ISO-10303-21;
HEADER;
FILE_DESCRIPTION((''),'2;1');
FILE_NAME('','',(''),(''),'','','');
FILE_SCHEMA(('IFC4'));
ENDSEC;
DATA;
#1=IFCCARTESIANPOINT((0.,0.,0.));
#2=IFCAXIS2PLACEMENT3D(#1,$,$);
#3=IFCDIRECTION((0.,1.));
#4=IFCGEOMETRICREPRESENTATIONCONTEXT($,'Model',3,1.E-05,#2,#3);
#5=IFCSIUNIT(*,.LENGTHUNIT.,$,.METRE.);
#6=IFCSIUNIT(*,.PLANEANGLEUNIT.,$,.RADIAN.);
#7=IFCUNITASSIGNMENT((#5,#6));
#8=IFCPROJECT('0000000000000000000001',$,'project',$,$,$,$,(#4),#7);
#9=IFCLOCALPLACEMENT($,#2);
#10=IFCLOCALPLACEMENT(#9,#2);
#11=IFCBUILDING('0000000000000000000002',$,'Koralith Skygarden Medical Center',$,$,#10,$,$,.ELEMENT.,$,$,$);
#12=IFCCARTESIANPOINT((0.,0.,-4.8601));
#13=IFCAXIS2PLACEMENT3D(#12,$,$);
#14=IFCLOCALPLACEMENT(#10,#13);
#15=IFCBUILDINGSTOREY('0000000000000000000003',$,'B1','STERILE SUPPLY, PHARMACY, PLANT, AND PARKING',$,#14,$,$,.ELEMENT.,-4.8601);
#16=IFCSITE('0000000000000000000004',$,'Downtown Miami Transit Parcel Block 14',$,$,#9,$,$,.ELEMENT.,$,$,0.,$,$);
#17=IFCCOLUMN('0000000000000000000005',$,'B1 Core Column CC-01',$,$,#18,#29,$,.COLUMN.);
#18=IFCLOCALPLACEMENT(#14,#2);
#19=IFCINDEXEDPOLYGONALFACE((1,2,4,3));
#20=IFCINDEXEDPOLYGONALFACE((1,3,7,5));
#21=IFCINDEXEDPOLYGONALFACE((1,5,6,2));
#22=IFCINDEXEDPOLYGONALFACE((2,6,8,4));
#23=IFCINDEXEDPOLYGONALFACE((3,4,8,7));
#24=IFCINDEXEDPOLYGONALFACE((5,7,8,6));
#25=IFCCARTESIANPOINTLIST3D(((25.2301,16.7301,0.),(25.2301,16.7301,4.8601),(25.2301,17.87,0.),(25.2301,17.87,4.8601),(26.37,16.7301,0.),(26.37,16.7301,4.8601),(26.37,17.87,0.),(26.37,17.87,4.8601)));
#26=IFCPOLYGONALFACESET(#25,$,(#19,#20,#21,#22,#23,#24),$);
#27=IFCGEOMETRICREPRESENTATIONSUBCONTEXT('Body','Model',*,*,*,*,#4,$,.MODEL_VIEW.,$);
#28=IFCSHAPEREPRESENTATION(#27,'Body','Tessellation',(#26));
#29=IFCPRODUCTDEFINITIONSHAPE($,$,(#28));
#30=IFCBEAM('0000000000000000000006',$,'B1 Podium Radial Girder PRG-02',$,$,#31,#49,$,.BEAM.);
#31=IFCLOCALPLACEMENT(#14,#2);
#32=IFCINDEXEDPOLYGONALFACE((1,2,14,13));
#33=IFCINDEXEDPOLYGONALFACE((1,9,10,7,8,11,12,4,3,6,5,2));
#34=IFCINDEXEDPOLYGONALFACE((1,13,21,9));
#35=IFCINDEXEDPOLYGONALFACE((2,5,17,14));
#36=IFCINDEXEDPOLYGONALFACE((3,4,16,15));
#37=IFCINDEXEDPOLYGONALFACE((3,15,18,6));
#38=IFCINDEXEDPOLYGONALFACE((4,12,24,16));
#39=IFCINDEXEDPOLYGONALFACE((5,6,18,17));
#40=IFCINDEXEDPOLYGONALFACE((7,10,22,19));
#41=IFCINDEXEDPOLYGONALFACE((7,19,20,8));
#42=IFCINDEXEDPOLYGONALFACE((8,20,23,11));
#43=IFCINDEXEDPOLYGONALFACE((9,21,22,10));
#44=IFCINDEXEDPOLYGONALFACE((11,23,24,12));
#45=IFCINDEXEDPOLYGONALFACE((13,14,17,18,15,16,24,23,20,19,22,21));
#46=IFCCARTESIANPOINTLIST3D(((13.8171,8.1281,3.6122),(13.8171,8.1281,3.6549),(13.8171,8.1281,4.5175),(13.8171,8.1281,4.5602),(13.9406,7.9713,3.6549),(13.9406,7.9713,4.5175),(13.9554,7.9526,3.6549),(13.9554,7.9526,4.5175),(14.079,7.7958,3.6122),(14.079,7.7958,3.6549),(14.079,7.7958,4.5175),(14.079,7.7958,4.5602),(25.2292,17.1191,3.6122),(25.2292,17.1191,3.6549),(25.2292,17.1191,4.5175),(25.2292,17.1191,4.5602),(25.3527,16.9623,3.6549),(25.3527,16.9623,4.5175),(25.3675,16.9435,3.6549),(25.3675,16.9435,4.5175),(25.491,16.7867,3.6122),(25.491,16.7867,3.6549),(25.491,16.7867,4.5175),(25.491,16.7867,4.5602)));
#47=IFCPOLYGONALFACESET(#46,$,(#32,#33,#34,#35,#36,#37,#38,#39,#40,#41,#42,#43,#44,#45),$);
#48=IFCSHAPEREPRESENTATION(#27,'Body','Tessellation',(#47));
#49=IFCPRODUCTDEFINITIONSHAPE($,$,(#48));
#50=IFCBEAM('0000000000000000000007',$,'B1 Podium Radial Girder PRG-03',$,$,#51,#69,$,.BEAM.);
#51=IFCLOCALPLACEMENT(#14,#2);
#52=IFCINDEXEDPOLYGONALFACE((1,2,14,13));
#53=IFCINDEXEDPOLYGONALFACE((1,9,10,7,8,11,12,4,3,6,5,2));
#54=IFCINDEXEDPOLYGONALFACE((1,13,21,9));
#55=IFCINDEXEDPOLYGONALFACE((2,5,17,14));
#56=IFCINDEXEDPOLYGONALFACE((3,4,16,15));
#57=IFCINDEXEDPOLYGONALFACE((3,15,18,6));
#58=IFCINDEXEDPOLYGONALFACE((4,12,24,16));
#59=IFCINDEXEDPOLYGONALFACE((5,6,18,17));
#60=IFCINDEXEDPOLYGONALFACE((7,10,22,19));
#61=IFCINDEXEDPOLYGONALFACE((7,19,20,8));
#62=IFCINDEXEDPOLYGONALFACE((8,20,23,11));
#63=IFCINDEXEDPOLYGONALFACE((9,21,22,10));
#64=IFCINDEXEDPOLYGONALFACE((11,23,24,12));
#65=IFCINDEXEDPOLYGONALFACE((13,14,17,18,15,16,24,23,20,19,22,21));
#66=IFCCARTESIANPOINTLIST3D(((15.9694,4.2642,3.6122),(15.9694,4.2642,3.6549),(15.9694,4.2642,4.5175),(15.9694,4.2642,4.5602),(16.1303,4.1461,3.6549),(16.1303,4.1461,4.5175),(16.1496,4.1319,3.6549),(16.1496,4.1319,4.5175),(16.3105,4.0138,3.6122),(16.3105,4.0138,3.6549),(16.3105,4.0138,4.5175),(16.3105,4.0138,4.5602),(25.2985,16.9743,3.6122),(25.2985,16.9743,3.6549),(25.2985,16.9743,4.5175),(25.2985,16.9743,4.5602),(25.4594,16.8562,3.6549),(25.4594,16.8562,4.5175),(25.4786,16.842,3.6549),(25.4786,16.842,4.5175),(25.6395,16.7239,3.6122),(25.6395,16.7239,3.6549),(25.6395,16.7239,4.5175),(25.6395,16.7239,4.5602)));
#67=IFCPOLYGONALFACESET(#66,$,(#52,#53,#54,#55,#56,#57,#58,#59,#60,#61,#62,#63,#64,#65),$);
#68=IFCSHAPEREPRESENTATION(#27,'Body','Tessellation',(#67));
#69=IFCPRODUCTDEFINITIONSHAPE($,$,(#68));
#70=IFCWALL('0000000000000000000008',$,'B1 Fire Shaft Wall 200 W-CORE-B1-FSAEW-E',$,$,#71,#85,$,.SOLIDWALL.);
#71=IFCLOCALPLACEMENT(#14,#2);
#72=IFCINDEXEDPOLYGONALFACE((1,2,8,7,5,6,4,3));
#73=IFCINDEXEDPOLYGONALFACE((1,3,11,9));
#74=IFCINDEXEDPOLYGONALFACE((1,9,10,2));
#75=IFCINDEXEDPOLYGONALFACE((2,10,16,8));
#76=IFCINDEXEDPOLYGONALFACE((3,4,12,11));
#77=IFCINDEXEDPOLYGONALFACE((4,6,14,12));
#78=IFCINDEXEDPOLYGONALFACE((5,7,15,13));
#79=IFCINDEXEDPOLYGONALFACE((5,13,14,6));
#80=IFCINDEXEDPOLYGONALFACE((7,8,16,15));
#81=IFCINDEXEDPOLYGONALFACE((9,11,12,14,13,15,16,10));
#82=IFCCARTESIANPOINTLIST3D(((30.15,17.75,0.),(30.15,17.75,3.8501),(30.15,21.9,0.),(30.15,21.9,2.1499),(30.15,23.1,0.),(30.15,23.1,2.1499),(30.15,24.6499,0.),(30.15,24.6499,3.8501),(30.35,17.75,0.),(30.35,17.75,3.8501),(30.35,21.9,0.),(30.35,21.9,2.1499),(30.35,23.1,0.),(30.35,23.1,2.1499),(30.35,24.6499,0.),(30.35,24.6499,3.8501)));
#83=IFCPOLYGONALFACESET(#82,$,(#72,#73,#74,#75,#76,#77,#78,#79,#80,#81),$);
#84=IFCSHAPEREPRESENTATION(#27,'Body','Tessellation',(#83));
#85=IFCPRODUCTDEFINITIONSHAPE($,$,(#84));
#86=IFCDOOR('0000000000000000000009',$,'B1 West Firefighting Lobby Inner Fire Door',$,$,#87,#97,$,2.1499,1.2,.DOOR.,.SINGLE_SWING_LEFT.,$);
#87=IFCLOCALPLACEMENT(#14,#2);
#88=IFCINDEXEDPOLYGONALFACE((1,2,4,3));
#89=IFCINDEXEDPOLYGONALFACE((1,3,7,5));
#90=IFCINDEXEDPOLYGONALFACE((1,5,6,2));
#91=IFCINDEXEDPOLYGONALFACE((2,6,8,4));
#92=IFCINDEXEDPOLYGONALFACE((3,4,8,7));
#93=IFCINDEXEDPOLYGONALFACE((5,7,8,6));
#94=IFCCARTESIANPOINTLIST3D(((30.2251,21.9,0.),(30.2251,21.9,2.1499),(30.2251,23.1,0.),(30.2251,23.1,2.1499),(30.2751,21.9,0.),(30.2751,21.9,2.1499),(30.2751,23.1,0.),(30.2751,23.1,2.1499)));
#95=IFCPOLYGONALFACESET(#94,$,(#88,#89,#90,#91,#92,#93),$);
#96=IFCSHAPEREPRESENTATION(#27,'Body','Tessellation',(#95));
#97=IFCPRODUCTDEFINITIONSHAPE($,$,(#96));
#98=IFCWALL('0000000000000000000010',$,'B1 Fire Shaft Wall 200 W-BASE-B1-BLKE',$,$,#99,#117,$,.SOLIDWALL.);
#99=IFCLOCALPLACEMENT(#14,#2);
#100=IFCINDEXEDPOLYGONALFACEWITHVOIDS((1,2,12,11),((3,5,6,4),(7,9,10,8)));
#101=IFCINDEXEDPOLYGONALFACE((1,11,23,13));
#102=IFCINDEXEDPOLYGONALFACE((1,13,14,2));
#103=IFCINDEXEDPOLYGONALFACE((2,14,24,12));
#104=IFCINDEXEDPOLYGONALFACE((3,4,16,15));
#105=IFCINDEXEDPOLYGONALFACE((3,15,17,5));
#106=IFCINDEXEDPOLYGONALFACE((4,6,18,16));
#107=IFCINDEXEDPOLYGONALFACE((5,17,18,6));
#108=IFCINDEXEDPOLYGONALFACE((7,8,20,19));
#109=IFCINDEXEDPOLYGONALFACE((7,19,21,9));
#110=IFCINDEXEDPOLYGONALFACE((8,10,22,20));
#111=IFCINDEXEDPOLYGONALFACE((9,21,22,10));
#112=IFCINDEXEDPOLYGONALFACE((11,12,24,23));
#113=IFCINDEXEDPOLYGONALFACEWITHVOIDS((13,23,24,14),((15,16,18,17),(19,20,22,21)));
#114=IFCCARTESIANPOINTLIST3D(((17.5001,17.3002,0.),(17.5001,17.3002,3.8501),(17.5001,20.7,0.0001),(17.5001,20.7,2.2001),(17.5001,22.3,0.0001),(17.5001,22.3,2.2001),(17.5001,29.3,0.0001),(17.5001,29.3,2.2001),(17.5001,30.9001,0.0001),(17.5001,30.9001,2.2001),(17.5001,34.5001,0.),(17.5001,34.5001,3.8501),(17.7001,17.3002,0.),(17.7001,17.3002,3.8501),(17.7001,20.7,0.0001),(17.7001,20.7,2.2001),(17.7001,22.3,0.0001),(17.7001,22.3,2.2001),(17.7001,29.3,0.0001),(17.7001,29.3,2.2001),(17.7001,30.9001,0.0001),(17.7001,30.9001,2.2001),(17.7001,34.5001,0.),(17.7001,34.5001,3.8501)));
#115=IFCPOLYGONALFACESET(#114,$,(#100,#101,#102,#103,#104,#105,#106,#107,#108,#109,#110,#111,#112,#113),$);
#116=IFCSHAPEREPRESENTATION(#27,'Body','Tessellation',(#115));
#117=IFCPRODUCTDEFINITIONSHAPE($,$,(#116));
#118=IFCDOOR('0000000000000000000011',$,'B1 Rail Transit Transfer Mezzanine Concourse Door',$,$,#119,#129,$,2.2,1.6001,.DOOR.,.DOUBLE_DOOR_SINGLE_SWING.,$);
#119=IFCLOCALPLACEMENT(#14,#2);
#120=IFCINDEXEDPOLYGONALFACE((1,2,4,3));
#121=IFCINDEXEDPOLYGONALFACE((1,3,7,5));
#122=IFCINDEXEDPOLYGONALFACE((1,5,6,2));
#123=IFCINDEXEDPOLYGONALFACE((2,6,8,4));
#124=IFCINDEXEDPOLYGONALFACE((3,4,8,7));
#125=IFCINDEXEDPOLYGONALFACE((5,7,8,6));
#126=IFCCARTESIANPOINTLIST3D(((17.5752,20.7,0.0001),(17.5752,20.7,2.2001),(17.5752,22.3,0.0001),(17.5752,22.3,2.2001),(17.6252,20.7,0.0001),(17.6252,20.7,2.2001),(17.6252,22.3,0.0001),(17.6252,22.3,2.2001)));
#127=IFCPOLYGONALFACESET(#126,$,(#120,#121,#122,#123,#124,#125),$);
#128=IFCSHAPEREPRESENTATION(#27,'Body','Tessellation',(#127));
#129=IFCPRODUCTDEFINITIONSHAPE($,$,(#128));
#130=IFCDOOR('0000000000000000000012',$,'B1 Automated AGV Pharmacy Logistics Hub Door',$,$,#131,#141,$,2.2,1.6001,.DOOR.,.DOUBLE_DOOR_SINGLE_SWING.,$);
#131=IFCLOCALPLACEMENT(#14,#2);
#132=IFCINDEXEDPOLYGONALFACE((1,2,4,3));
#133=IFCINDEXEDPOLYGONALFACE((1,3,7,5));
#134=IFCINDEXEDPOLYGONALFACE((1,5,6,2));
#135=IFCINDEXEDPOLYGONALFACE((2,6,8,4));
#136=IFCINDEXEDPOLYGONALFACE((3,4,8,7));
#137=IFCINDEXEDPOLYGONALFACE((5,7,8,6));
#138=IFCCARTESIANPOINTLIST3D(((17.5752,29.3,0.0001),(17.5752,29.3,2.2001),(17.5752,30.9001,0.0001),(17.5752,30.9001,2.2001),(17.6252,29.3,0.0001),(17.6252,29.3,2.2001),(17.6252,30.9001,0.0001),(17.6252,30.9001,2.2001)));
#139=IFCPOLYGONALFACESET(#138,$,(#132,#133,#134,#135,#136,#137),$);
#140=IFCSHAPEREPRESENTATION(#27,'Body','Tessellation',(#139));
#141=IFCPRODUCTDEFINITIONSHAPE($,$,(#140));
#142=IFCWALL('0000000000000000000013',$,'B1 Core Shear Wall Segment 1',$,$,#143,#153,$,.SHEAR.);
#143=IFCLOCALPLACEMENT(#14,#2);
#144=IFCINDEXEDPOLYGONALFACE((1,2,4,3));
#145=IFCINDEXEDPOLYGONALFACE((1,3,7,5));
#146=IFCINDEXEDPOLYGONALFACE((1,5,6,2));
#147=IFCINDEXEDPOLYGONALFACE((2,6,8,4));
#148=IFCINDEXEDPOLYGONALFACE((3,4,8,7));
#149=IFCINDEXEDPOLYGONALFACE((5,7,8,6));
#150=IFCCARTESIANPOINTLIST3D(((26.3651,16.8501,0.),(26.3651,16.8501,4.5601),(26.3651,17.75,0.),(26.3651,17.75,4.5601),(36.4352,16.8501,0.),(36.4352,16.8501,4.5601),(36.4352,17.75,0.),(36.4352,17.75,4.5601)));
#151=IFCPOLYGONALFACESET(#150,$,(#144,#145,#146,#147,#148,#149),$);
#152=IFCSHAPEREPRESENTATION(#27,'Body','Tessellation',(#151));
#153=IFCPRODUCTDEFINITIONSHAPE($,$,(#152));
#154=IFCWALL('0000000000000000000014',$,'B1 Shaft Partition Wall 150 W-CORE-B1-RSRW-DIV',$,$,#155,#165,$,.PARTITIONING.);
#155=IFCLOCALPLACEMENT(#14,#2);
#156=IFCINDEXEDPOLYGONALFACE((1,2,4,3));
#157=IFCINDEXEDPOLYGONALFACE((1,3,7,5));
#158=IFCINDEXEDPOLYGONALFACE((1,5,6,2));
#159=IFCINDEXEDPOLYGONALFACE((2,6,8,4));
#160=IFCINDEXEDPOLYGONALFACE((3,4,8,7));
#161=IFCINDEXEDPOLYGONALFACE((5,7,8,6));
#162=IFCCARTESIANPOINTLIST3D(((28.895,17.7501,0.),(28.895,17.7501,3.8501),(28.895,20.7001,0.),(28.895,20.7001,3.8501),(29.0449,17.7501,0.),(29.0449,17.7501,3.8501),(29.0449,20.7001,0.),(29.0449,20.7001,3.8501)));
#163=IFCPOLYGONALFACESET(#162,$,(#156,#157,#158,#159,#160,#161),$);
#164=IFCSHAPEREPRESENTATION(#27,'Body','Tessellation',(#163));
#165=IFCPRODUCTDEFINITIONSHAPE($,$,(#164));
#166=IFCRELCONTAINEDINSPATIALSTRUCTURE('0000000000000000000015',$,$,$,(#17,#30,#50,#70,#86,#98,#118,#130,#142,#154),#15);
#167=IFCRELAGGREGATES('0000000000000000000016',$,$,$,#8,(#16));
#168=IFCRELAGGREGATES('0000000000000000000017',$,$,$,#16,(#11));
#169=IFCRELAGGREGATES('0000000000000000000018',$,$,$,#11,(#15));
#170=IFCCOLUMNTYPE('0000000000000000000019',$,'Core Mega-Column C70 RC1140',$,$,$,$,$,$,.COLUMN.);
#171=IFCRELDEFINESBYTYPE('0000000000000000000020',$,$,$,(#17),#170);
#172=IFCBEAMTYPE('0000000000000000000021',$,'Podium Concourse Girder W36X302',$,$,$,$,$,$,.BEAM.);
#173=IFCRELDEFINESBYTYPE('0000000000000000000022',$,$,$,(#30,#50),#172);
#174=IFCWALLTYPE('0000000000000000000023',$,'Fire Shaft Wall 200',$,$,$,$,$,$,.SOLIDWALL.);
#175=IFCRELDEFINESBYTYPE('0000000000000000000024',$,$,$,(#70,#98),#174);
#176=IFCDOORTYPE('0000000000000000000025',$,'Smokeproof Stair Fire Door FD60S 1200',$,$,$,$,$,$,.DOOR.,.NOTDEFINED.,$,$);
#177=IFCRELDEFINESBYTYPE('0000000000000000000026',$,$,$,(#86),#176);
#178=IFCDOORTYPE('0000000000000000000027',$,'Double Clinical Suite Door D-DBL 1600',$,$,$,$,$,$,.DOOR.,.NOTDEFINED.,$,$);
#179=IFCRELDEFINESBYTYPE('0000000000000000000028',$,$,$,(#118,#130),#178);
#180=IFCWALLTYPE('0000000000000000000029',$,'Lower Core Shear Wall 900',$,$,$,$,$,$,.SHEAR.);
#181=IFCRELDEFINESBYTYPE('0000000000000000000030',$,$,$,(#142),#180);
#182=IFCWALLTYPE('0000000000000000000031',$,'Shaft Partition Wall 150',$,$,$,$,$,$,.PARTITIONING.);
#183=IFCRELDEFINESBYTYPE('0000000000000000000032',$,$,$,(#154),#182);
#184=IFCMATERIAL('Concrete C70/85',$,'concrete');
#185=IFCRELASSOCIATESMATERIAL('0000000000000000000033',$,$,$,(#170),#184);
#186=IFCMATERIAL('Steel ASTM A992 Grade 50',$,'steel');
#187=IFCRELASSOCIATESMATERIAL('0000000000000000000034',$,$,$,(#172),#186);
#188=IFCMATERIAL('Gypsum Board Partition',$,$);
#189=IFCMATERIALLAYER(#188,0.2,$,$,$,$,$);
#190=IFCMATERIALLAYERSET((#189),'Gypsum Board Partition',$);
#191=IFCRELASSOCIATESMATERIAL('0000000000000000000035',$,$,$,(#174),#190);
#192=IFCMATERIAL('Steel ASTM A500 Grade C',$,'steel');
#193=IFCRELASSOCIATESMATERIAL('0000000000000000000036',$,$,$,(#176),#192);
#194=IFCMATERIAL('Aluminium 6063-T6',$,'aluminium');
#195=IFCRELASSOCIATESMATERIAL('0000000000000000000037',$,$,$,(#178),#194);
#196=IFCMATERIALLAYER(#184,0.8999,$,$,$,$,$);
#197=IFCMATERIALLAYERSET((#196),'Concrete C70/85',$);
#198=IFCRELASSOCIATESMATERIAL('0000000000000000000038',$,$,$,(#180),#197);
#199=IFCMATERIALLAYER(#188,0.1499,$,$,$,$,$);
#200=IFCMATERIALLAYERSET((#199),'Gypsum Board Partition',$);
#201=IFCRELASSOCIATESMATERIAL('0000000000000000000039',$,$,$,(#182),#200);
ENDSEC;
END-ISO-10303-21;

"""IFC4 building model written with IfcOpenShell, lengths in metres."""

from ifc_helpers import new_model, si_unit, direction, frame, frame_2d, origin, origin_2d, place, context, subcontext, project, spatial, rectangle, i_section, extrude, material, layer, layer_set, material_profile, profile_set, type_object, element, fill, save


model = new_model("IFC4")

# Units and contexts
model_context = context("Model", 3, precision=1e-05, world=origin(), true_north=direction((0.0, 1.0)))
body_context = subcontext(model_context, "Body", "Model", "MODEL_VIEW")
ifc_project = project(units=[si_unit("LENGTHUNIT", "METRE"), si_unit("PLANEANGLEUNIT", "RADIAN")], contexts=[model_context])

# Site, building, storey
site_placement = place(None, origin())
site = spatial("IfcSite", under=ifc_project, at=site_placement, Name="Downtown Miami Transit Parcel Block 14", CompositionType="ELEMENT", RefElevation=0.0)
building_placement = place(site_placement, origin())
building = spatial("IfcBuilding", under=site, at=building_placement, Name="Koralith Skygarden Medical Center", CompositionType="ELEMENT")
storey_placement = place(building_placement, frame((0.0, 0.0, -4.8601)))
storey = spatial("IfcBuildingStorey", under=building, at=storey_placement, Name="B1", Description="STERILE SUPPLY, PHARMACY, PLANT, AND PARKING", CompositionType="ELEMENT", Elevation=-4.8601)

# Column
ifc_material_1 = material(Name="Concrete C70/85", Category="concrete")
ifc_material_profile_1 = material_profile(ifc_material_1, rectangle(XDim=1.1399, YDim=1.1399, at=origin_2d()), Name="RC1140X1140")
ifc_profile_set_1 = profile_set([ifc_material_profile_1], Name="Concrete C70/85")
column_type = type_object("IfcColumnType", Name="Core Mega-Column C70 RC1140", PredefinedType="COLUMN", material=ifc_profile_set_1)
column_placement = place(storey_placement, frame((25.8, 17.3, 0.0), z_axis=(0.0, 0.0, 1.0), x_axis=(1.0, 0.0, 0.0)))
element("IfcColumn", 1, at=column_placement, inside=storey, type_object=column_type, Name="B1 Core Column CC-01", PredefinedType="COLUMN", context=body_context, shape_type="SweptSolid", body=[
    extrude(rectangle(XDim=1.1399, YDim=1.1399, at=origin_2d()), origin(), (0.0, 0.0, 1.0), 4.8601),
])

# Beams
ifc_material_2 = material(Name="Steel ASTM A992 Grade 50", Category="steel")
ifc_material_profile_2 = material_profile(ifc_material_2, i_section(OverallWidth=0.4231, OverallDepth=0.948, WebThickness=0.0239, FlangeThickness=0.0427, at=origin_2d()), Name="W36X302")
ifc_profile_set_2 = profile_set([ifc_material_profile_2], Name="Steel ASTM A992 Grade 50")
beam_type = type_object("IfcBeamType", Name="Podium Concourse Girder W36X302", PredefinedType="BEAM", material=ifc_profile_set_2)
beam_1_placement = place(storey_placement, frame((25.3601, 16.9529, 4.0862), z_axis=(-0.785505, -0.618856, 0.0), x_axis=(0.618856, -0.785505, 0.0)))
element("IfcBeam", 2, at=beam_1_placement, inside=storey, type_object=beam_type, Name="B1 Podium Radial Girder PRG-02", PredefinedType="BEAM", context=body_context, shape_type="SweptSolid", body=[
    extrude(i_section(OverallWidth=0.4231, OverallDepth=0.948, WebThickness=0.0239, FlangeThickness=0.0427, at=origin_2d()), origin(), (0.0, 0.0, 1.0), 14.5283),
])
beam_2_placement = place(storey_placement, frame((25.469, 16.8491, 4.0862), z_axis=(-0.591705, -0.806154, 0.0), x_axis=(0.806154, -0.591705, 0.0)))
element("IfcBeam", 3, at=beam_2_placement, inside=storey, type_object=beam_type, Name="B1 Podium Radial Girder PRG-03", PredefinedType="BEAM", context=body_context, shape_type="SweptSolid", body=[
    extrude(i_section(OverallWidth=0.4231, OverallDepth=0.948, WebThickness=0.0239, FlangeThickness=0.0427, at=origin_2d()), origin(), (0.0, 0.0, 1.0), 15.7664),
])

# Wall, opening, door
ifc_material_3 = material(Name="Gypsum Board Partition")
ifc_layer_1 = layer(ifc_material_3, 0.2)
ifc_layer_set_1 = layer_set([ifc_layer_1], Name="Gypsum Board Partition")
wall_type_1 = type_object("IfcWallType", Name="Fire Shaft Wall 200", PredefinedType="SOLIDWALL", material=ifc_layer_set_1)
ifc_material_4 = material(Name="Steel ASTM A500 Grade C", Category="steel")
wall_1_placement = place(storey_placement, frame((30.25, 17.75, 0.0), z_axis=(0.0, 0.0, 1.0), x_axis=(0.0, 1.0, 0.0)))
wall_1 = element("IfcWall", 4, at=wall_1_placement, inside=storey, type_object=wall_type_1, Name="B1 Fire Shaft Wall 200 W-CORE-B1-FSAEW-E", PredefinedType="SOLIDWALL", context=body_context, shape_type="SweptSolid", body=[
    extrude(rectangle(XDim=6.8999, YDim=0.2, at=frame_2d((3.45, 0.0))), origin(), (0.0, 0.0, 1.0), 3.8501),
])
opening_1_placement = place(wall_1_placement, frame((4.1499, 0.0, 0.0)))
opening_1 = element("IfcOpeningElement", 5, at=opening_1_placement, cuts=wall_1, PredefinedType="OPENING", context=body_context, shape_type="SweptSolid", body=[
    extrude(rectangle(XDim=1.2, YDim=2.1499, at=frame_2d((0.6001, 1.075))), frame((0.0, 0.1099, 0.0), z_axis=(0.0, -1.0, 0.0), x_axis=(1.0, 0.0, 0.0)), (0.0, 0.0, 1.0), 0.22),
])
door_type_1 = type_object("IfcDoorType", Name="Smokeproof Stair Fire Door FD60S 1200", OperationType="NOTDEFINED", PredefinedType="DOOR", material=ifc_material_4)
door_1_placement = place(opening_1_placement, origin())
door_1 = element("IfcDoor", 6, at=door_1_placement, inside=storey, type_object=door_type_1, Name="B1 West Firefighting Lobby Inner Fire Door", OperationType="SINGLE_SWING_LEFT", OverallHeight=2.1499, OverallWidth=1.2, PredefinedType="DOOR", context=body_context, shape_type="SweptSolid", body=[
    extrude(rectangle(XDim=1.2, YDim=2.1499, at=frame_2d((0.6001, 1.075))), frame((0.0, 0.0249, 0.0), z_axis=(0.0, -1.0, 0.0), x_axis=(1.0, 0.0, 0.0)), (0.0, 0.0, 1.0), 0.05),
])
fill(opening_1, door_1)

# Wall, openings, doors
wall_2_placement = place(storey_placement, frame((17.6001, 17.3, 0.0), z_axis=(0.0, 0.0, 1.0), x_axis=(0.0, 1.0, 0.0)))
wall_2 = element("IfcWall", 7, at=wall_2_placement, inside=storey, type_object=wall_type_1, Name="B1 Fire Shaft Wall 200 W-BASE-B1-BLKE", PredefinedType="SOLIDWALL", context=body_context, shape_type="SweptSolid", body=[
    extrude(rectangle(XDim=17.2, YDim=0.2, at=frame_2d((8.6001, 0.0))), origin(), (0.0, 0.0, 1.0), 3.8501),
])
opening_2_placement = place(wall_2_placement, frame((3.3999, 0.0, 0.0)))
opening_2 = element("IfcOpeningElement", 8, at=opening_2_placement, cuts=wall_2, PredefinedType="OPENING", context=body_context, shape_type="SweptSolid", body=[
    extrude(rectangle(XDim=1.6001, YDim=2.2, at=frame_2d((0.8, 1.1001))), frame((0.0, 0.1099, 0.0), z_axis=(0.0, -1.0, 0.0), x_axis=(1.0, 0.0, 0.0)), (0.0, 0.0, 1.0), 0.22),
])
opening_3_placement = place(wall_2_placement, frame((12.0, 0.0, 0.0)))
opening_3 = element("IfcOpeningElement", 9, at=opening_3_placement, cuts=wall_2, PredefinedType="OPENING", context=body_context, shape_type="SweptSolid", body=[
    extrude(rectangle(XDim=1.6001, YDim=2.2, at=frame_2d((0.8, 1.1001))), frame((0.0, 0.1099, 0.0), z_axis=(0.0, -1.0, 0.0), x_axis=(1.0, 0.0, 0.0)), (0.0, 0.0, 1.0), 0.22),
])
ifc_material_5 = material(Name="Aluminium 6063-T6", Category="aluminium")
door_type_2 = type_object("IfcDoorType", Name="Double Clinical Suite Door D-DBL 1600", OperationType="NOTDEFINED", PredefinedType="DOOR", material=ifc_material_5)
door_2_placement = place(opening_2_placement, origin())
door_2 = element("IfcDoor", 10, at=door_2_placement, inside=storey, type_object=door_type_2, Name="B1 Rail Transit Transfer Mezzanine Concourse Door", OperationType="DOUBLE_DOOR_SINGLE_SWING", OverallHeight=2.2, OverallWidth=1.6001, PredefinedType="DOOR", context=body_context, shape_type="SweptSolid", body=[
    extrude(rectangle(XDim=1.6001, YDim=2.2, at=frame_2d((0.8, 1.1001))), frame((0.0, 0.0249, 0.0), z_axis=(0.0, -1.0, 0.0), x_axis=(1.0, 0.0, 0.0)), (0.0, 0.0, 1.0), 0.05),
])
fill(opening_2, door_2)
door_3_placement = place(opening_3_placement, origin())
door_3 = element("IfcDoor", 11, at=door_3_placement, inside=storey, type_object=door_type_2, Name="B1 Automated AGV Pharmacy Logistics Hub Door", OperationType="DOUBLE_DOOR_SINGLE_SWING", OverallHeight=2.2, OverallWidth=1.6001, PredefinedType="DOOR", context=body_context, shape_type="SweptSolid", body=[
    extrude(rectangle(XDim=1.6001, YDim=2.2, at=frame_2d((0.8, 1.1001))), frame((0.0, 0.0249, 0.0), z_axis=(0.0, -1.0, 0.0), x_axis=(1.0, 0.0, 0.0)), (0.0, 0.0, 1.0), 0.05),
])
fill(opening_3, door_3)

# Walls
ifc_layer_2 = layer(ifc_material_1, 0.8999)
ifc_layer_set_2 = layer_set([ifc_layer_2], Name="Concrete C70/85")
wall_type_2 = type_object("IfcWallType", Name="Lower Core Shear Wall 900", PredefinedType="SHEAR", material=ifc_layer_set_2)
wall_3_placement = place(storey_placement, frame((26.365, 17.3, 0.0), z_axis=(0.0, 0.0, 1.0), x_axis=(1.0, 0.0, 0.0)))
element("IfcWall", 12, at=wall_3_placement, inside=storey, type_object=wall_type_2, Name="B1 Core Shear Wall Segment 1", PredefinedType="SHEAR", context=body_context, shape_type="SweptSolid", body=[
    extrude(rectangle(XDim=10.0701, YDim=0.8999, at=frame_2d((5.0352, 0.0))), origin(), (0.0, 0.0, 1.0), 4.5601),
])
ifc_layer_3 = layer(ifc_material_3, 0.1499)
ifc_layer_set_3 = layer_set([ifc_layer_3], Name="Gypsum Board Partition")
wall_type_3 = type_object("IfcWallType", Name="Shaft Partition Wall 150", PredefinedType="PARTITIONING", material=ifc_layer_set_3)
wall_4_placement = place(storey_placement, frame((28.97, 17.75, 0.0), z_axis=(0.0, 0.0, 1.0), x_axis=(0.0, 1.0, 0.0)))
element("IfcWall", 13, at=wall_4_placement, inside=storey, type_object=wall_type_3, Name="B1 Shaft Partition Wall 150 W-CORE-B1-RSRW-DIV", PredefinedType="PARTITIONING", context=body_context, shape_type="SweptSolid", body=[
    extrude(rectangle(XDim=2.95, YDim=0.1499, at=frame_2d((1.4751, 0.0))), origin(), (0.0, 0.0, 1.0), 3.8501),
])

save(model, "model.ifc")
